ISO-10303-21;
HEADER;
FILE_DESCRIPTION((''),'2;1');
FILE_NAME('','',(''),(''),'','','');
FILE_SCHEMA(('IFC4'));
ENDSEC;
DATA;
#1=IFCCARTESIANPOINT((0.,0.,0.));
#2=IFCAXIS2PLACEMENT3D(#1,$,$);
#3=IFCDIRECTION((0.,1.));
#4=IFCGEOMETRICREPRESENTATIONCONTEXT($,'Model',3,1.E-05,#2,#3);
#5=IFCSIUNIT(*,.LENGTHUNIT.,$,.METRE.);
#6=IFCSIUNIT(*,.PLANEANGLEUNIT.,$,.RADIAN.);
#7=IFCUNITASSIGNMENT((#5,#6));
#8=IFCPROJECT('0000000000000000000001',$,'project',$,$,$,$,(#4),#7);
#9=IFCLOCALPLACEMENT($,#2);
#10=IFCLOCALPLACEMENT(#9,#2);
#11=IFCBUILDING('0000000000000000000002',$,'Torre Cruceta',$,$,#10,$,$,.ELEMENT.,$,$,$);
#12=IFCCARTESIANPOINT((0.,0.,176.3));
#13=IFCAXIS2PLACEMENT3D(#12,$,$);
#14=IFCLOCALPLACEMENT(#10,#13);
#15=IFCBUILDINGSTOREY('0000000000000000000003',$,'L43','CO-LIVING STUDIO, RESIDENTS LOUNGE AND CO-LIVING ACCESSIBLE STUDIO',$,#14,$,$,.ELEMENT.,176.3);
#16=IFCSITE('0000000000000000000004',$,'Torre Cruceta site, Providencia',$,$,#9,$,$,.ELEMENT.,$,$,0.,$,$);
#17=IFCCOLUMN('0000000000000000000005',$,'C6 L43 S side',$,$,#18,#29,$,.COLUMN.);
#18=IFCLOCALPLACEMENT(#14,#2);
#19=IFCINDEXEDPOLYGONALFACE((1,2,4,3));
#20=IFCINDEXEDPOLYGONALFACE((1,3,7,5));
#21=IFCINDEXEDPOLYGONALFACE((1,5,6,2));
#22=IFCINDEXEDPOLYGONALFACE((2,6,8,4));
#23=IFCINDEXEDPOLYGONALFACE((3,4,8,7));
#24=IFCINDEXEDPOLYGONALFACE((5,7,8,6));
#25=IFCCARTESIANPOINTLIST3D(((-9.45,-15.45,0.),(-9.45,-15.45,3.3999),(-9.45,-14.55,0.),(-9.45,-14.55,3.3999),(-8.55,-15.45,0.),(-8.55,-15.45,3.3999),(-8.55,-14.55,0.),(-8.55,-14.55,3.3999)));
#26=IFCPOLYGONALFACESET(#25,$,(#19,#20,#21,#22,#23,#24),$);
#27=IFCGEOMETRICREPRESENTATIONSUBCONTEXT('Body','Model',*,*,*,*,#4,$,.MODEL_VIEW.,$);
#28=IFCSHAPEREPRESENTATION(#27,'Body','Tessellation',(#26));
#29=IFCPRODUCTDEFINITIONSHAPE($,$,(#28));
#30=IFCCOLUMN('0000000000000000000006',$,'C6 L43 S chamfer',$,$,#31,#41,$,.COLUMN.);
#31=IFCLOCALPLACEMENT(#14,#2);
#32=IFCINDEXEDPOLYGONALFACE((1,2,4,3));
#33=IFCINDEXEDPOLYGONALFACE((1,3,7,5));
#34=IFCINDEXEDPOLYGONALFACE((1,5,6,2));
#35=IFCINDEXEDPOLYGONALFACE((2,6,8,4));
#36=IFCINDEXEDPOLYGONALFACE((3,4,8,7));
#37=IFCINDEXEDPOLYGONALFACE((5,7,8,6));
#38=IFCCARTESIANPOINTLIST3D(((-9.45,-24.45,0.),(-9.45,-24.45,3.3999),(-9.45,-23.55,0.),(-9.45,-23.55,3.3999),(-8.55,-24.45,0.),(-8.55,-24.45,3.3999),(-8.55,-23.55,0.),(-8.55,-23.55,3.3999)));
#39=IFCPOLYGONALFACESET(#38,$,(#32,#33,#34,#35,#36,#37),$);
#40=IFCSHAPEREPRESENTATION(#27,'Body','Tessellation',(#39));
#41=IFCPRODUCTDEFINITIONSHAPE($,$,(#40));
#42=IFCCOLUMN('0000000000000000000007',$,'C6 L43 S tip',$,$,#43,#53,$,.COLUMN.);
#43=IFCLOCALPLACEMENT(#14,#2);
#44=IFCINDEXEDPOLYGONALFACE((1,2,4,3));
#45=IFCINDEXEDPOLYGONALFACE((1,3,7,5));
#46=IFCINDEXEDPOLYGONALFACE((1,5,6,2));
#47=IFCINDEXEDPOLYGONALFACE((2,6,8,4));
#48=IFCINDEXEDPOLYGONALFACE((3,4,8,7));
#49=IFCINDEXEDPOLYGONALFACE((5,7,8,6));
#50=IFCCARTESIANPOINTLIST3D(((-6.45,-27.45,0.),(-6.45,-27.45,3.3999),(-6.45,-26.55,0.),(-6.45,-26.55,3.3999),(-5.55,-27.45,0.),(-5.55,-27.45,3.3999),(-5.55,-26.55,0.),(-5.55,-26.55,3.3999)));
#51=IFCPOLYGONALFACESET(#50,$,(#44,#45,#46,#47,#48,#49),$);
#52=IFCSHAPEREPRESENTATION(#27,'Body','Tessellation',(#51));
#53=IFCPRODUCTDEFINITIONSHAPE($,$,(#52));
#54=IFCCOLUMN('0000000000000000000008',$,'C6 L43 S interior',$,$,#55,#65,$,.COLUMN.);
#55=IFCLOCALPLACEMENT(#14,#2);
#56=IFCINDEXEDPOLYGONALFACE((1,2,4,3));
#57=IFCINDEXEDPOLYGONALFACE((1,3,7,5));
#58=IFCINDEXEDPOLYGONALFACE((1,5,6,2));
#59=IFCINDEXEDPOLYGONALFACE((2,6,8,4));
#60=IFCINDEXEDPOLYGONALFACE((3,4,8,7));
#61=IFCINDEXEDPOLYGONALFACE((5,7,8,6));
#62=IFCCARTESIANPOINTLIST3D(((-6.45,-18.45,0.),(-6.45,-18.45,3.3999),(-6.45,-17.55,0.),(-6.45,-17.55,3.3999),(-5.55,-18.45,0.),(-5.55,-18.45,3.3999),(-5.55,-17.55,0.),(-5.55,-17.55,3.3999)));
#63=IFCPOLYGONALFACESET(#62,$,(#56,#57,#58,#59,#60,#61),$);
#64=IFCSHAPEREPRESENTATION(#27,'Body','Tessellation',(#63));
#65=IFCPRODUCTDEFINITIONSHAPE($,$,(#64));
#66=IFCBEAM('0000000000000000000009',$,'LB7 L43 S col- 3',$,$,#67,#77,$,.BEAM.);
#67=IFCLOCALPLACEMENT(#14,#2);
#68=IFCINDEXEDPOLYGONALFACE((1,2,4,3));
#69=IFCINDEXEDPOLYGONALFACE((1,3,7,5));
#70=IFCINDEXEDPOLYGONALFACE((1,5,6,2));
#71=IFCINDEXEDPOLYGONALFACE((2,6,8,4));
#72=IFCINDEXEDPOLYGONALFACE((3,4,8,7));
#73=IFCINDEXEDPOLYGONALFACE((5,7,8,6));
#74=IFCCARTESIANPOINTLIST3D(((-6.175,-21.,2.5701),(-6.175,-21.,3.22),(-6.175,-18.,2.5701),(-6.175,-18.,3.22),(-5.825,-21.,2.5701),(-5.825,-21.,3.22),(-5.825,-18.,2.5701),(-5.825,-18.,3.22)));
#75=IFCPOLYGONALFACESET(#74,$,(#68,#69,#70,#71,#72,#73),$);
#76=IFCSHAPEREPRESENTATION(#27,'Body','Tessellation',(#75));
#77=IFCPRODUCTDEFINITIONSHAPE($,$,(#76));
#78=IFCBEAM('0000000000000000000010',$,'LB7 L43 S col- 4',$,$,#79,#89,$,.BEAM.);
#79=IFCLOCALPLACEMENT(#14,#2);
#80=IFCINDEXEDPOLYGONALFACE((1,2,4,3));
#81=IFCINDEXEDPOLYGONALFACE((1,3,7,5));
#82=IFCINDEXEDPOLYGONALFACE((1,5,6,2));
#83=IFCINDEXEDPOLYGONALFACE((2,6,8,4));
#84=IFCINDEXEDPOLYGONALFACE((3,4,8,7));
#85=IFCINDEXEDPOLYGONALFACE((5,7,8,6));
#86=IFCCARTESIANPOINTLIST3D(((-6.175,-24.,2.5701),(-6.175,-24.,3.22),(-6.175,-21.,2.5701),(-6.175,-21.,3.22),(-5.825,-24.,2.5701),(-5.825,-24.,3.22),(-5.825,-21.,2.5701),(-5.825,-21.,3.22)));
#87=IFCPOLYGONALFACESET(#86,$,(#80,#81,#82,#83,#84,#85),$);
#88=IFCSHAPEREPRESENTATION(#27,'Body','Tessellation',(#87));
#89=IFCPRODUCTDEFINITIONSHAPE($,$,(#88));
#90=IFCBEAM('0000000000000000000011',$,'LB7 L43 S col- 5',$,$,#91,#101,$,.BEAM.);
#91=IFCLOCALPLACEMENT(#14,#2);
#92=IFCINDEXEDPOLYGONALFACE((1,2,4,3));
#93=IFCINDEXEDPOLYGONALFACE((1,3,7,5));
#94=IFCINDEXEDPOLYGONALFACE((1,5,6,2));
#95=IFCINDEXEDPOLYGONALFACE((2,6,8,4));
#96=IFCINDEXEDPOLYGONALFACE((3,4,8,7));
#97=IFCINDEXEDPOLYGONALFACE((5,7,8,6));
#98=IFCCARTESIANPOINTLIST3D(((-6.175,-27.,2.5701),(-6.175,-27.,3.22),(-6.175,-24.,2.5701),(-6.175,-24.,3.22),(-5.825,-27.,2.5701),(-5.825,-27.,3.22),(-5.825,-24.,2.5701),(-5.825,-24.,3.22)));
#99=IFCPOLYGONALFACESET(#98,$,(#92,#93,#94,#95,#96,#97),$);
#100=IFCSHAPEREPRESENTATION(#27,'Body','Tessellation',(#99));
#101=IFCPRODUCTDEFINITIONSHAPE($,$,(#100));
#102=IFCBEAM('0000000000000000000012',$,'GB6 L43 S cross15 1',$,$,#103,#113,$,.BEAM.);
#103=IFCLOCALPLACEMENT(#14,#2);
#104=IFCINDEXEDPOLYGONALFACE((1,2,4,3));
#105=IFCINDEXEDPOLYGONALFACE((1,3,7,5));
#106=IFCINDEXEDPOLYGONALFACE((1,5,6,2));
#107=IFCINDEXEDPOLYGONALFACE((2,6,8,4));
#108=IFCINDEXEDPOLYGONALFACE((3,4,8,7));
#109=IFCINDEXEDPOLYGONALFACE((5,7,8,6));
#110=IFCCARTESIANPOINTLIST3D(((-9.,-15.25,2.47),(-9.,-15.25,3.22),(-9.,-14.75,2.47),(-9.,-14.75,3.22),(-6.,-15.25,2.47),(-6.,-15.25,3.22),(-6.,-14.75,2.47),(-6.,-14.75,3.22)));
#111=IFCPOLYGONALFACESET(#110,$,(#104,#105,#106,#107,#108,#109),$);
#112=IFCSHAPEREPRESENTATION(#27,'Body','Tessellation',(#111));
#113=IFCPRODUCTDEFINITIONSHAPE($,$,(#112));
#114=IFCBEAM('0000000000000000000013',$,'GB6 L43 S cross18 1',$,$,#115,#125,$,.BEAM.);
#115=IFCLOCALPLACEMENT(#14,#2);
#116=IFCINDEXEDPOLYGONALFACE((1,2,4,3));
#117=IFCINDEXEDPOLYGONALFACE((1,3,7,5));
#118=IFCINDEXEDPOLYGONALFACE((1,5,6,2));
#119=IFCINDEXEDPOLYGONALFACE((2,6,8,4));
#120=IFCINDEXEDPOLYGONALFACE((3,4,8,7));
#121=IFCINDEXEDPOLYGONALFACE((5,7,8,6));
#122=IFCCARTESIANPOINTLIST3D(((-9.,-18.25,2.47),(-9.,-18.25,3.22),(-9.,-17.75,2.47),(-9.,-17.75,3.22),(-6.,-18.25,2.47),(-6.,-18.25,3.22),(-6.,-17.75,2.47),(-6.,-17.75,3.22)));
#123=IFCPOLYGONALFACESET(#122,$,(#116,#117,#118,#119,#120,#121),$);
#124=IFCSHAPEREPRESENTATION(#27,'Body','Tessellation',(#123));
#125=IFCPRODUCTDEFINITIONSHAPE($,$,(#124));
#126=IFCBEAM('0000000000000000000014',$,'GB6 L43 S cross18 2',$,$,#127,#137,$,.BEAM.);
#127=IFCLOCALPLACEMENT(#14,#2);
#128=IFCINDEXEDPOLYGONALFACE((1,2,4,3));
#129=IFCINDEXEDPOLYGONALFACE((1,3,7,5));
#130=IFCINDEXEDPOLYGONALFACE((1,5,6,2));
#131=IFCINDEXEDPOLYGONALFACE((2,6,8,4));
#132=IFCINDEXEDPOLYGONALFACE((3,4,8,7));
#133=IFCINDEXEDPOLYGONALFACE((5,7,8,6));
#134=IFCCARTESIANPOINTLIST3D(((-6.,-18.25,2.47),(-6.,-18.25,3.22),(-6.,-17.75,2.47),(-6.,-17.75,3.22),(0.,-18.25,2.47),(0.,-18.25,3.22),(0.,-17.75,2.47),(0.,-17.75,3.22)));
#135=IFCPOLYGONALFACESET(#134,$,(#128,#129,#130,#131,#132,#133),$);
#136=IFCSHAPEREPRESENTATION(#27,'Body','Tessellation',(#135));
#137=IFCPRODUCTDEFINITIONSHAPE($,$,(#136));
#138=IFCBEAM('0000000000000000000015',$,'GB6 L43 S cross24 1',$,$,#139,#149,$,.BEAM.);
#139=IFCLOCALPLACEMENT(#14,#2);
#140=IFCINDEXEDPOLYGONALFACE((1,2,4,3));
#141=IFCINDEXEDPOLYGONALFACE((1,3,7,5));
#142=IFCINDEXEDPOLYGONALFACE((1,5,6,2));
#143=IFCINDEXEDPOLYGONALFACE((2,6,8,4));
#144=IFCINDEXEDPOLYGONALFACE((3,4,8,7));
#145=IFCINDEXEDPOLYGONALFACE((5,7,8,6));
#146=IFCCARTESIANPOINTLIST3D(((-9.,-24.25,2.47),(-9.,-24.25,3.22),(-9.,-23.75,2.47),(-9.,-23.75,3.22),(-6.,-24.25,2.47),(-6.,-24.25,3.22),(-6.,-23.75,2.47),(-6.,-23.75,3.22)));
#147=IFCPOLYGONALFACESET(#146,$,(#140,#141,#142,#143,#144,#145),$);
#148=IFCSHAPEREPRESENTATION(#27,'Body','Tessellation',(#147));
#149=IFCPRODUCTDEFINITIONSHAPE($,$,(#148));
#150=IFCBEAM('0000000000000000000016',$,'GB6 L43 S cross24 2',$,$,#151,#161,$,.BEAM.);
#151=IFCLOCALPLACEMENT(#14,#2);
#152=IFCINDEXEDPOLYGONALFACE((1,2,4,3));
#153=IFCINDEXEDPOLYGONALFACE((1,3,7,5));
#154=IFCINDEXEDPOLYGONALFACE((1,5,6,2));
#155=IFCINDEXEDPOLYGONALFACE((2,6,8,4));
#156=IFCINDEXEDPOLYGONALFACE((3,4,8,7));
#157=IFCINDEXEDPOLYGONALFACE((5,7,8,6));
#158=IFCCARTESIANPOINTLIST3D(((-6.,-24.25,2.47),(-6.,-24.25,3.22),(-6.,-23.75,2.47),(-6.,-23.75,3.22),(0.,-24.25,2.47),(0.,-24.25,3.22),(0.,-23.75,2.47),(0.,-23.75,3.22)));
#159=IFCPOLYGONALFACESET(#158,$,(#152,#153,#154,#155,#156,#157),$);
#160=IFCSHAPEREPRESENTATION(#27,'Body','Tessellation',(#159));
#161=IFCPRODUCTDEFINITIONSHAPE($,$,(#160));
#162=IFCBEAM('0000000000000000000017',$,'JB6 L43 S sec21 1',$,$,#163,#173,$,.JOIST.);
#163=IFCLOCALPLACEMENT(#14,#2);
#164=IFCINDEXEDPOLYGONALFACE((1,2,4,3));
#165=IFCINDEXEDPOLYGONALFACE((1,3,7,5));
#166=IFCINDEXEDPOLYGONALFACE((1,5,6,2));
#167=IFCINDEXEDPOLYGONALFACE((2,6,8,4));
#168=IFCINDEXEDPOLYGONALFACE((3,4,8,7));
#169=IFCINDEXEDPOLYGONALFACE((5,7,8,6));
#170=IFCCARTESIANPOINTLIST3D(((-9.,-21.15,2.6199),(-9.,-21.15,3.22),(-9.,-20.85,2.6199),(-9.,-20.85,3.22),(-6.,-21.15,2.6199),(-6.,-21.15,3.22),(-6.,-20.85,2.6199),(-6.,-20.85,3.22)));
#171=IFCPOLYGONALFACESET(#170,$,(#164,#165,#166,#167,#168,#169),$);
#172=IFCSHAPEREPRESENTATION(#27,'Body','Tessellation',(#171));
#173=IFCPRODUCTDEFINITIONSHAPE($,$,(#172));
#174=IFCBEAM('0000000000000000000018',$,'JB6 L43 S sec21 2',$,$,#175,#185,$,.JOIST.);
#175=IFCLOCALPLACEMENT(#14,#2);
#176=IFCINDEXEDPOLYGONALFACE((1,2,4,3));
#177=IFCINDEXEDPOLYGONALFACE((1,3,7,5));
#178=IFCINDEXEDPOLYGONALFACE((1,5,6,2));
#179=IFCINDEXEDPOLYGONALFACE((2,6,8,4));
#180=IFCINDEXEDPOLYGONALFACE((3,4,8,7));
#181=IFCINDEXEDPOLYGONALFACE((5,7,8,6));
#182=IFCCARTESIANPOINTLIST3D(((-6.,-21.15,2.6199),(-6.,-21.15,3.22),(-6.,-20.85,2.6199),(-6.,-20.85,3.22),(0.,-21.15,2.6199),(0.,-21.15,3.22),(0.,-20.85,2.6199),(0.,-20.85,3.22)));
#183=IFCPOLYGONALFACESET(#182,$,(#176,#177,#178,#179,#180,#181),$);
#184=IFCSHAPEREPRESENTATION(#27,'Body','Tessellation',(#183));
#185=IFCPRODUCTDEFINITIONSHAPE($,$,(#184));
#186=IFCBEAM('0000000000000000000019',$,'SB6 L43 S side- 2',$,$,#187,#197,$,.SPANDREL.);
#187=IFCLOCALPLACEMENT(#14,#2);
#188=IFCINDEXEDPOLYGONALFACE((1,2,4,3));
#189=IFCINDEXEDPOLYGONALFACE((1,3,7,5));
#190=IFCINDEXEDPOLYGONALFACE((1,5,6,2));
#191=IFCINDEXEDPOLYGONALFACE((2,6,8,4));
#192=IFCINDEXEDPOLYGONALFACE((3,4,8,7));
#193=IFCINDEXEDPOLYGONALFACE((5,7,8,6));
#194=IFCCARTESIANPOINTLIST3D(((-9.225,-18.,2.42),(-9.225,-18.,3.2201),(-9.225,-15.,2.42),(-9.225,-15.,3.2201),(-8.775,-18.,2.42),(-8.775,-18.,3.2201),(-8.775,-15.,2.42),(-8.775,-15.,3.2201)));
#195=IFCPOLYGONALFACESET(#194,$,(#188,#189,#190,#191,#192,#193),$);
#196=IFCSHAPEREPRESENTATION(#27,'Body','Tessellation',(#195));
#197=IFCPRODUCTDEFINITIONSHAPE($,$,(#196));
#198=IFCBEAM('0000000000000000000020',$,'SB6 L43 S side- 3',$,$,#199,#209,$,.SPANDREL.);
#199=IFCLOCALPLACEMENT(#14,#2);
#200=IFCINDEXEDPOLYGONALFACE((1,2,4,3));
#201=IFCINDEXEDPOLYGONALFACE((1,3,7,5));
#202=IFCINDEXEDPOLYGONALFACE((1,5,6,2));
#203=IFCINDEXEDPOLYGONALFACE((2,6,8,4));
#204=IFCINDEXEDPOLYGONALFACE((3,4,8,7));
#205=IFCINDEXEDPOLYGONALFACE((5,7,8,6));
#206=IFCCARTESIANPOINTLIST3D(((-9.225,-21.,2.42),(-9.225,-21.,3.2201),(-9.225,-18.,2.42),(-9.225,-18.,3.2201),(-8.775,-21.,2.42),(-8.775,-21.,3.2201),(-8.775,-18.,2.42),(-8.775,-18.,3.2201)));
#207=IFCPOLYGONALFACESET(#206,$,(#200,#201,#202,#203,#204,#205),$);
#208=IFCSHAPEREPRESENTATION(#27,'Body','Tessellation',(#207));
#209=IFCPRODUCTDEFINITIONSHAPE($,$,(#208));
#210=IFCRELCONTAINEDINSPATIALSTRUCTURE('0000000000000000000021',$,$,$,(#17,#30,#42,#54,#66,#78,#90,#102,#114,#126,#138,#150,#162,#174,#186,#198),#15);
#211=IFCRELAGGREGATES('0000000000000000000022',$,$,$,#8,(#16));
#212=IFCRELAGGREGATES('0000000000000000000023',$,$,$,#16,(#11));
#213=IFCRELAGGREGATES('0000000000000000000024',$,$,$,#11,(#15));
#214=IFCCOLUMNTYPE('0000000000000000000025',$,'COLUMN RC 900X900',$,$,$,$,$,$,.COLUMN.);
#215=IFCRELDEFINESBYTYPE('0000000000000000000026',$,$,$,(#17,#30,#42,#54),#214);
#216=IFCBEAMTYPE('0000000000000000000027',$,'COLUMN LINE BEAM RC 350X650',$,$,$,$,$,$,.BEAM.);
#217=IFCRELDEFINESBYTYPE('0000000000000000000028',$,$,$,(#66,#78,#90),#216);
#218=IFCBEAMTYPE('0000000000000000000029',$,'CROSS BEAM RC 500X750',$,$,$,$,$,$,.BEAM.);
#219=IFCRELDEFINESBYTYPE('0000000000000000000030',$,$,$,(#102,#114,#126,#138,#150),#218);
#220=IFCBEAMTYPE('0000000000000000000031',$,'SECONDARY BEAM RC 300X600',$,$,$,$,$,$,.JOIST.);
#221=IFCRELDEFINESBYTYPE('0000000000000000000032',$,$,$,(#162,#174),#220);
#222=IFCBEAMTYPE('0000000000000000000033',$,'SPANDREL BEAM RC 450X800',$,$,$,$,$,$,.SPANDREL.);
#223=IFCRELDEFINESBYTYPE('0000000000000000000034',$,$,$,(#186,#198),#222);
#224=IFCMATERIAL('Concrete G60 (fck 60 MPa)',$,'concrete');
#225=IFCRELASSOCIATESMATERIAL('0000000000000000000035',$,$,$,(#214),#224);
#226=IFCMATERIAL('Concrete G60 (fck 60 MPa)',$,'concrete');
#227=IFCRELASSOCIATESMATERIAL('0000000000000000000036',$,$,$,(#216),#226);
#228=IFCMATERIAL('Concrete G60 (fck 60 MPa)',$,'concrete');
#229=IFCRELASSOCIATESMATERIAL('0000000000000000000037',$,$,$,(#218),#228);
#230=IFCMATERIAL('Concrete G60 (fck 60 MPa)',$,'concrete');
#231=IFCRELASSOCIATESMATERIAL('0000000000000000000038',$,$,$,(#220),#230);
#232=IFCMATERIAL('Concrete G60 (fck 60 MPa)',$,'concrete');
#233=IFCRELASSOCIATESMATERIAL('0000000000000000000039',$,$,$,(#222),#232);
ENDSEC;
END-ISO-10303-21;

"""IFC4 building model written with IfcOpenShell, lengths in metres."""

from ifc_helpers import new_model, si_unit, direction, frame, origin, origin_2d, place, context, subcontext, project, spatial, rectangle, extrude, material, material_profile, profile_set, type_object, element, save


model = new_model("IFC4")

# Units and contexts
model_context = context("Model", 3, precision=1e-05, world=origin(), true_north=direction((0.0, 1.0)))
body_context = subcontext(model_context, "Body", "Model", "MODEL_VIEW")
ifc_project = project(units=[si_unit("LENGTHUNIT", "METRE"), si_unit("PLANEANGLEUNIT", "RADIAN")], contexts=[model_context])

# Site, building, storey
site_placement = place(None, origin())
site = spatial("IfcSite", under=ifc_project, at=site_placement, Name="Torre Cruceta site, Providencia", CompositionType="ELEMENT", RefElevation=0.0)
building_placement = place(site_placement, origin())
building = spatial("IfcBuilding", under=site, at=building_placement, Name="Torre Cruceta", CompositionType="ELEMENT")
storey_placement = place(building_placement, frame((0.0, 0.0, 176.3)))
storey = spatial("IfcBuildingStorey", under=building, at=storey_placement, Name="L43", Description="CO-LIVING STUDIO, RESIDENTS LOUNGE AND CO-LIVING ACCESSIBLE STUDIO", CompositionType="ELEMENT", Elevation=176.3)

# Columns
ifc_material_1 = material(Name="Concrete G60 (fck 60 MPa)", Category="concrete")
ifc_material_profile_1 = material_profile(ifc_material_1, rectangle(XDim=0.8999, YDim=0.8999, at=origin_2d()), Name="RC 900X900")
ifc_profile_set_1 = profile_set([ifc_material_profile_1], Name="Concrete G60 (fck 60 MPa)")
column_type = type_object("IfcColumnType", Name="COLUMN RC 900X900", PredefinedType="COLUMN", material=ifc_profile_set_1)
for number, where, z_axis, x_axis, name in (
    (1, (-9.0, -15.0, 0.0), (0.0, 0.0, 1.0), (1.0, 0.0, 0.0), "C6 L43 S side"),
    (2, (-9.0, -24.0, 0.0), (0.0, 0.0, 1.0), (1.0, 0.0, 0.0), "C6 L43 S chamfer"),
    (3, (-6.0, -27.0, 0.0), (0.0, 0.0, 1.0), (1.0, 0.0, 0.0), "C6 L43 S tip"),
    (4, (-6.0, -18.0, 0.0), (0.0, 0.0, 1.0), (1.0, 0.0, 0.0), "C6 L43 S interior"),
):
    element("IfcColumn", number, at=place(storey_placement, frame(where, z_axis=z_axis, x_axis=x_axis)), inside=storey, type_object=column_type, Name=name, PredefinedType="COLUMN", context=body_context, shape_type="SweptSolid", body=[
        extrude(rectangle(XDim=0.8999, YDim=0.8999, at=origin_2d()), origin(), (0.0, 0.0, 1.0), 3.3999),
    ])

# Beams
ifc_material_2 = material(Name="Concrete G60 (fck 60 MPa)", Category="concrete")
ifc_material_profile_2 = material_profile(ifc_material_2, rectangle(XDim=0.3501, YDim=0.6499, at=origin_2d()), Name="RC 350X650")
ifc_profile_set_2 = profile_set([ifc_material_profile_2], Name="Concrete G60 (fck 60 MPa)")
beam_type_1 = type_object("IfcBeamType", Name="COLUMN LINE BEAM RC 350X650", PredefinedType="BEAM", material=ifc_profile_set_2)
for number, where, z_axis, x_axis, name in (
    (5, (-6.0, -18.0, 2.895), (0.0, -1.0, 0.0), (1.0, 0.0, 0.0), "LB7 L43 S col- 3"),
    (6, (-6.0, -21.0, 2.895), (0.0, -1.0, 0.0), (1.0, 0.0, 0.0), "LB7 L43 S col- 4"),
    (7, (-6.0, -24.0, 2.895), (0.0, -1.0, 0.0), (1.0, 0.0, 0.0), "LB7 L43 S col- 5"),
):
    element("IfcBeam", number, at=place(storey_placement, frame(where, z_axis=z_axis, x_axis=x_axis)), inside=storey, type_object=beam_type_1, Name=name, PredefinedType="BEAM", context=body_context, shape_type="SweptSolid", body=[
        extrude(rectangle(XDim=0.3501, YDim=0.6499, at=origin_2d()), origin(), (0.0, 0.0, 1.0), 3.0),
    ])
ifc_material_3 = material(Name="Concrete G60 (fck 60 MPa)", Category="concrete")
ifc_material_profile_3 = material_profile(ifc_material_3, rectangle(XDim=0.5, YDim=0.75, at=origin_2d()), Name="RC 500X750")
ifc_profile_set_3 = profile_set([ifc_material_profile_3], Name="Concrete G60 (fck 60 MPa)")
beam_type_2 = type_object("IfcBeamType", Name="CROSS BEAM RC 500X750", PredefinedType="BEAM", material=ifc_profile_set_3)
for number, where, z_axis, x_axis, name in (
    (8, (-9.0, -15.0, 2.845), (1.0, 0.0, 0.0), (0.0, 1.0, 0.0), "GB6 L43 S cross15 1"),
    (9, (-9.0, -18.0, 2.845), (1.0, 0.0, 0.0), (0.0, 1.0, 0.0), "GB6 L43 S cross18 1"),
):
    element("IfcBeam", number, at=place(storey_placement, frame(where, z_axis=z_axis, x_axis=x_axis)), inside=storey, type_object=beam_type_2, Name=name, PredefinedType="BEAM", context=body_context, shape_type="SweptSolid", body=[
        extrude(rectangle(XDim=0.5, YDim=0.75, at=origin_2d()), origin(), (0.0, 0.0, 1.0), 3.0),
    ])
beam_1_placement = place(storey_placement, frame((-6.0, -18.0, 2.845), z_axis=(1.0, 0.0, 0.0), x_axis=(0.0, 1.0, 0.0)))
element("IfcBeam", 10, at=beam_1_placement, inside=storey, type_object=beam_type_2, Name="GB6 L43 S cross18 2", PredefinedType="BEAM", context=body_context, shape_type="SweptSolid", body=[
    extrude(rectangle(XDim=0.5, YDim=0.75, at=origin_2d()), origin(), (0.0, 0.0, 1.0), 6.0),
])
beam_2_placement = place(storey_placement, frame((-9.0, -24.0, 2.845), z_axis=(1.0, 0.0, 0.0), x_axis=(0.0, 1.0, 0.0)))
element("IfcBeam", 11, at=beam_2_placement, inside=storey, type_object=beam_type_2, Name="GB6 L43 S cross24 1", PredefinedType="BEAM", context=body_context, shape_type="SweptSolid", body=[
    extrude(rectangle(XDim=0.5, YDim=0.75, at=origin_2d()), origin(), (0.0, 0.0, 1.0), 3.0),
])
beam_3_placement = place(storey_placement, frame((-6.0, -24.0, 2.845), z_axis=(1.0, 0.0, 0.0), x_axis=(0.0, 1.0, 0.0)))
element("IfcBeam", 12, at=beam_3_placement, inside=storey, type_object=beam_type_2, Name="GB6 L43 S cross24 2", PredefinedType="BEAM", context=body_context, shape_type="SweptSolid", body=[
    extrude(rectangle(XDim=0.5, YDim=0.75, at=origin_2d()), origin(), (0.0, 0.0, 1.0), 6.0),
])
ifc_material_4 = material(Name="Concrete G60 (fck 60 MPa)", Category="concrete")
ifc_material_profile_4 = material_profile(ifc_material_4, rectangle(XDim=0.3, YDim=0.6001, at=origin_2d()), Name="RC 300X600")
ifc_profile_set_4 = profile_set([ifc_material_profile_4], Name="Concrete G60 (fck 60 MPa)")
beam_type_3 = type_object("IfcBeamType", Name="SECONDARY BEAM RC 300X600", PredefinedType="JOIST", material=ifc_profile_set_4)
beam_4_placement = place(storey_placement, frame((-9.0, -21.0, 2.9199), z_axis=(1.0, 0.0, 0.0), x_axis=(0.0, 1.0, 0.0)))
element("IfcBeam", 13, at=beam_4_placement, inside=storey, type_object=beam_type_3, Name="JB6 L43 S sec21 1", PredefinedType="JOIST", context=body_context, shape_type="SweptSolid", body=[
    extrude(rectangle(XDim=0.3, YDim=0.6001, at=origin_2d()), origin(), (0.0, 0.0, 1.0), 3.0),
])
beam_5_placement = place(storey_placement, frame((-6.0, -21.0, 2.9199), z_axis=(1.0, 0.0, 0.0), x_axis=(0.0, 1.0, 0.0)))
element("IfcBeam", 14, at=beam_5_placement, inside=storey, type_object=beam_type_3, Name="JB6 L43 S sec21 2", PredefinedType="JOIST", context=body_context, shape_type="SweptSolid", body=[
    extrude(rectangle(XDim=0.3, YDim=0.6001, at=origin_2d()), origin(), (0.0, 0.0, 1.0), 6.0),
])
ifc_material_5 = material(Name="Concrete G60 (fck 60 MPa)", Category="concrete")
ifc_material_profile_5 = material_profile(ifc_material_5, rectangle(XDim=0.45, YDim=0.8, at=origin_2d()), Name="RC 450X800")
ifc_profile_set_5 = profile_set([ifc_material_profile_5], Name="Concrete G60 (fck 60 MPa)")
beam_type_4 = type_object("IfcBeamType", Name="SPANDREL BEAM RC 450X800", PredefinedType="SPANDREL", material=ifc_profile_set_5)
for number, where, z_axis, x_axis, name in (
    (15, (-9.0, -15.0, 2.8201), (0.0, -1.0, 0.0), (1.0, 0.0, 0.0), "SB6 L43 S side- 2"),
    (16, (-9.0, -18.0, 2.8201), (0.0, -1.0, 0.0), (1.0, 0.0, 0.0), "SB6 L43 S side- 3"),
):
    element("IfcBeam", number, at=place(storey_placement, frame(where, z_axis=z_axis, x_axis=x_axis)), inside=storey, type_object=beam_type_4, Name=name, PredefinedType="SPANDREL", context=body_context, shape_type="SweptSolid", body=[
        extrude(rectangle(XDim=0.45, YDim=0.8, at=origin_2d()), origin(), (0.0, 0.0, 1.0), 3.0),
    ])

save(model, "model.ifc")
